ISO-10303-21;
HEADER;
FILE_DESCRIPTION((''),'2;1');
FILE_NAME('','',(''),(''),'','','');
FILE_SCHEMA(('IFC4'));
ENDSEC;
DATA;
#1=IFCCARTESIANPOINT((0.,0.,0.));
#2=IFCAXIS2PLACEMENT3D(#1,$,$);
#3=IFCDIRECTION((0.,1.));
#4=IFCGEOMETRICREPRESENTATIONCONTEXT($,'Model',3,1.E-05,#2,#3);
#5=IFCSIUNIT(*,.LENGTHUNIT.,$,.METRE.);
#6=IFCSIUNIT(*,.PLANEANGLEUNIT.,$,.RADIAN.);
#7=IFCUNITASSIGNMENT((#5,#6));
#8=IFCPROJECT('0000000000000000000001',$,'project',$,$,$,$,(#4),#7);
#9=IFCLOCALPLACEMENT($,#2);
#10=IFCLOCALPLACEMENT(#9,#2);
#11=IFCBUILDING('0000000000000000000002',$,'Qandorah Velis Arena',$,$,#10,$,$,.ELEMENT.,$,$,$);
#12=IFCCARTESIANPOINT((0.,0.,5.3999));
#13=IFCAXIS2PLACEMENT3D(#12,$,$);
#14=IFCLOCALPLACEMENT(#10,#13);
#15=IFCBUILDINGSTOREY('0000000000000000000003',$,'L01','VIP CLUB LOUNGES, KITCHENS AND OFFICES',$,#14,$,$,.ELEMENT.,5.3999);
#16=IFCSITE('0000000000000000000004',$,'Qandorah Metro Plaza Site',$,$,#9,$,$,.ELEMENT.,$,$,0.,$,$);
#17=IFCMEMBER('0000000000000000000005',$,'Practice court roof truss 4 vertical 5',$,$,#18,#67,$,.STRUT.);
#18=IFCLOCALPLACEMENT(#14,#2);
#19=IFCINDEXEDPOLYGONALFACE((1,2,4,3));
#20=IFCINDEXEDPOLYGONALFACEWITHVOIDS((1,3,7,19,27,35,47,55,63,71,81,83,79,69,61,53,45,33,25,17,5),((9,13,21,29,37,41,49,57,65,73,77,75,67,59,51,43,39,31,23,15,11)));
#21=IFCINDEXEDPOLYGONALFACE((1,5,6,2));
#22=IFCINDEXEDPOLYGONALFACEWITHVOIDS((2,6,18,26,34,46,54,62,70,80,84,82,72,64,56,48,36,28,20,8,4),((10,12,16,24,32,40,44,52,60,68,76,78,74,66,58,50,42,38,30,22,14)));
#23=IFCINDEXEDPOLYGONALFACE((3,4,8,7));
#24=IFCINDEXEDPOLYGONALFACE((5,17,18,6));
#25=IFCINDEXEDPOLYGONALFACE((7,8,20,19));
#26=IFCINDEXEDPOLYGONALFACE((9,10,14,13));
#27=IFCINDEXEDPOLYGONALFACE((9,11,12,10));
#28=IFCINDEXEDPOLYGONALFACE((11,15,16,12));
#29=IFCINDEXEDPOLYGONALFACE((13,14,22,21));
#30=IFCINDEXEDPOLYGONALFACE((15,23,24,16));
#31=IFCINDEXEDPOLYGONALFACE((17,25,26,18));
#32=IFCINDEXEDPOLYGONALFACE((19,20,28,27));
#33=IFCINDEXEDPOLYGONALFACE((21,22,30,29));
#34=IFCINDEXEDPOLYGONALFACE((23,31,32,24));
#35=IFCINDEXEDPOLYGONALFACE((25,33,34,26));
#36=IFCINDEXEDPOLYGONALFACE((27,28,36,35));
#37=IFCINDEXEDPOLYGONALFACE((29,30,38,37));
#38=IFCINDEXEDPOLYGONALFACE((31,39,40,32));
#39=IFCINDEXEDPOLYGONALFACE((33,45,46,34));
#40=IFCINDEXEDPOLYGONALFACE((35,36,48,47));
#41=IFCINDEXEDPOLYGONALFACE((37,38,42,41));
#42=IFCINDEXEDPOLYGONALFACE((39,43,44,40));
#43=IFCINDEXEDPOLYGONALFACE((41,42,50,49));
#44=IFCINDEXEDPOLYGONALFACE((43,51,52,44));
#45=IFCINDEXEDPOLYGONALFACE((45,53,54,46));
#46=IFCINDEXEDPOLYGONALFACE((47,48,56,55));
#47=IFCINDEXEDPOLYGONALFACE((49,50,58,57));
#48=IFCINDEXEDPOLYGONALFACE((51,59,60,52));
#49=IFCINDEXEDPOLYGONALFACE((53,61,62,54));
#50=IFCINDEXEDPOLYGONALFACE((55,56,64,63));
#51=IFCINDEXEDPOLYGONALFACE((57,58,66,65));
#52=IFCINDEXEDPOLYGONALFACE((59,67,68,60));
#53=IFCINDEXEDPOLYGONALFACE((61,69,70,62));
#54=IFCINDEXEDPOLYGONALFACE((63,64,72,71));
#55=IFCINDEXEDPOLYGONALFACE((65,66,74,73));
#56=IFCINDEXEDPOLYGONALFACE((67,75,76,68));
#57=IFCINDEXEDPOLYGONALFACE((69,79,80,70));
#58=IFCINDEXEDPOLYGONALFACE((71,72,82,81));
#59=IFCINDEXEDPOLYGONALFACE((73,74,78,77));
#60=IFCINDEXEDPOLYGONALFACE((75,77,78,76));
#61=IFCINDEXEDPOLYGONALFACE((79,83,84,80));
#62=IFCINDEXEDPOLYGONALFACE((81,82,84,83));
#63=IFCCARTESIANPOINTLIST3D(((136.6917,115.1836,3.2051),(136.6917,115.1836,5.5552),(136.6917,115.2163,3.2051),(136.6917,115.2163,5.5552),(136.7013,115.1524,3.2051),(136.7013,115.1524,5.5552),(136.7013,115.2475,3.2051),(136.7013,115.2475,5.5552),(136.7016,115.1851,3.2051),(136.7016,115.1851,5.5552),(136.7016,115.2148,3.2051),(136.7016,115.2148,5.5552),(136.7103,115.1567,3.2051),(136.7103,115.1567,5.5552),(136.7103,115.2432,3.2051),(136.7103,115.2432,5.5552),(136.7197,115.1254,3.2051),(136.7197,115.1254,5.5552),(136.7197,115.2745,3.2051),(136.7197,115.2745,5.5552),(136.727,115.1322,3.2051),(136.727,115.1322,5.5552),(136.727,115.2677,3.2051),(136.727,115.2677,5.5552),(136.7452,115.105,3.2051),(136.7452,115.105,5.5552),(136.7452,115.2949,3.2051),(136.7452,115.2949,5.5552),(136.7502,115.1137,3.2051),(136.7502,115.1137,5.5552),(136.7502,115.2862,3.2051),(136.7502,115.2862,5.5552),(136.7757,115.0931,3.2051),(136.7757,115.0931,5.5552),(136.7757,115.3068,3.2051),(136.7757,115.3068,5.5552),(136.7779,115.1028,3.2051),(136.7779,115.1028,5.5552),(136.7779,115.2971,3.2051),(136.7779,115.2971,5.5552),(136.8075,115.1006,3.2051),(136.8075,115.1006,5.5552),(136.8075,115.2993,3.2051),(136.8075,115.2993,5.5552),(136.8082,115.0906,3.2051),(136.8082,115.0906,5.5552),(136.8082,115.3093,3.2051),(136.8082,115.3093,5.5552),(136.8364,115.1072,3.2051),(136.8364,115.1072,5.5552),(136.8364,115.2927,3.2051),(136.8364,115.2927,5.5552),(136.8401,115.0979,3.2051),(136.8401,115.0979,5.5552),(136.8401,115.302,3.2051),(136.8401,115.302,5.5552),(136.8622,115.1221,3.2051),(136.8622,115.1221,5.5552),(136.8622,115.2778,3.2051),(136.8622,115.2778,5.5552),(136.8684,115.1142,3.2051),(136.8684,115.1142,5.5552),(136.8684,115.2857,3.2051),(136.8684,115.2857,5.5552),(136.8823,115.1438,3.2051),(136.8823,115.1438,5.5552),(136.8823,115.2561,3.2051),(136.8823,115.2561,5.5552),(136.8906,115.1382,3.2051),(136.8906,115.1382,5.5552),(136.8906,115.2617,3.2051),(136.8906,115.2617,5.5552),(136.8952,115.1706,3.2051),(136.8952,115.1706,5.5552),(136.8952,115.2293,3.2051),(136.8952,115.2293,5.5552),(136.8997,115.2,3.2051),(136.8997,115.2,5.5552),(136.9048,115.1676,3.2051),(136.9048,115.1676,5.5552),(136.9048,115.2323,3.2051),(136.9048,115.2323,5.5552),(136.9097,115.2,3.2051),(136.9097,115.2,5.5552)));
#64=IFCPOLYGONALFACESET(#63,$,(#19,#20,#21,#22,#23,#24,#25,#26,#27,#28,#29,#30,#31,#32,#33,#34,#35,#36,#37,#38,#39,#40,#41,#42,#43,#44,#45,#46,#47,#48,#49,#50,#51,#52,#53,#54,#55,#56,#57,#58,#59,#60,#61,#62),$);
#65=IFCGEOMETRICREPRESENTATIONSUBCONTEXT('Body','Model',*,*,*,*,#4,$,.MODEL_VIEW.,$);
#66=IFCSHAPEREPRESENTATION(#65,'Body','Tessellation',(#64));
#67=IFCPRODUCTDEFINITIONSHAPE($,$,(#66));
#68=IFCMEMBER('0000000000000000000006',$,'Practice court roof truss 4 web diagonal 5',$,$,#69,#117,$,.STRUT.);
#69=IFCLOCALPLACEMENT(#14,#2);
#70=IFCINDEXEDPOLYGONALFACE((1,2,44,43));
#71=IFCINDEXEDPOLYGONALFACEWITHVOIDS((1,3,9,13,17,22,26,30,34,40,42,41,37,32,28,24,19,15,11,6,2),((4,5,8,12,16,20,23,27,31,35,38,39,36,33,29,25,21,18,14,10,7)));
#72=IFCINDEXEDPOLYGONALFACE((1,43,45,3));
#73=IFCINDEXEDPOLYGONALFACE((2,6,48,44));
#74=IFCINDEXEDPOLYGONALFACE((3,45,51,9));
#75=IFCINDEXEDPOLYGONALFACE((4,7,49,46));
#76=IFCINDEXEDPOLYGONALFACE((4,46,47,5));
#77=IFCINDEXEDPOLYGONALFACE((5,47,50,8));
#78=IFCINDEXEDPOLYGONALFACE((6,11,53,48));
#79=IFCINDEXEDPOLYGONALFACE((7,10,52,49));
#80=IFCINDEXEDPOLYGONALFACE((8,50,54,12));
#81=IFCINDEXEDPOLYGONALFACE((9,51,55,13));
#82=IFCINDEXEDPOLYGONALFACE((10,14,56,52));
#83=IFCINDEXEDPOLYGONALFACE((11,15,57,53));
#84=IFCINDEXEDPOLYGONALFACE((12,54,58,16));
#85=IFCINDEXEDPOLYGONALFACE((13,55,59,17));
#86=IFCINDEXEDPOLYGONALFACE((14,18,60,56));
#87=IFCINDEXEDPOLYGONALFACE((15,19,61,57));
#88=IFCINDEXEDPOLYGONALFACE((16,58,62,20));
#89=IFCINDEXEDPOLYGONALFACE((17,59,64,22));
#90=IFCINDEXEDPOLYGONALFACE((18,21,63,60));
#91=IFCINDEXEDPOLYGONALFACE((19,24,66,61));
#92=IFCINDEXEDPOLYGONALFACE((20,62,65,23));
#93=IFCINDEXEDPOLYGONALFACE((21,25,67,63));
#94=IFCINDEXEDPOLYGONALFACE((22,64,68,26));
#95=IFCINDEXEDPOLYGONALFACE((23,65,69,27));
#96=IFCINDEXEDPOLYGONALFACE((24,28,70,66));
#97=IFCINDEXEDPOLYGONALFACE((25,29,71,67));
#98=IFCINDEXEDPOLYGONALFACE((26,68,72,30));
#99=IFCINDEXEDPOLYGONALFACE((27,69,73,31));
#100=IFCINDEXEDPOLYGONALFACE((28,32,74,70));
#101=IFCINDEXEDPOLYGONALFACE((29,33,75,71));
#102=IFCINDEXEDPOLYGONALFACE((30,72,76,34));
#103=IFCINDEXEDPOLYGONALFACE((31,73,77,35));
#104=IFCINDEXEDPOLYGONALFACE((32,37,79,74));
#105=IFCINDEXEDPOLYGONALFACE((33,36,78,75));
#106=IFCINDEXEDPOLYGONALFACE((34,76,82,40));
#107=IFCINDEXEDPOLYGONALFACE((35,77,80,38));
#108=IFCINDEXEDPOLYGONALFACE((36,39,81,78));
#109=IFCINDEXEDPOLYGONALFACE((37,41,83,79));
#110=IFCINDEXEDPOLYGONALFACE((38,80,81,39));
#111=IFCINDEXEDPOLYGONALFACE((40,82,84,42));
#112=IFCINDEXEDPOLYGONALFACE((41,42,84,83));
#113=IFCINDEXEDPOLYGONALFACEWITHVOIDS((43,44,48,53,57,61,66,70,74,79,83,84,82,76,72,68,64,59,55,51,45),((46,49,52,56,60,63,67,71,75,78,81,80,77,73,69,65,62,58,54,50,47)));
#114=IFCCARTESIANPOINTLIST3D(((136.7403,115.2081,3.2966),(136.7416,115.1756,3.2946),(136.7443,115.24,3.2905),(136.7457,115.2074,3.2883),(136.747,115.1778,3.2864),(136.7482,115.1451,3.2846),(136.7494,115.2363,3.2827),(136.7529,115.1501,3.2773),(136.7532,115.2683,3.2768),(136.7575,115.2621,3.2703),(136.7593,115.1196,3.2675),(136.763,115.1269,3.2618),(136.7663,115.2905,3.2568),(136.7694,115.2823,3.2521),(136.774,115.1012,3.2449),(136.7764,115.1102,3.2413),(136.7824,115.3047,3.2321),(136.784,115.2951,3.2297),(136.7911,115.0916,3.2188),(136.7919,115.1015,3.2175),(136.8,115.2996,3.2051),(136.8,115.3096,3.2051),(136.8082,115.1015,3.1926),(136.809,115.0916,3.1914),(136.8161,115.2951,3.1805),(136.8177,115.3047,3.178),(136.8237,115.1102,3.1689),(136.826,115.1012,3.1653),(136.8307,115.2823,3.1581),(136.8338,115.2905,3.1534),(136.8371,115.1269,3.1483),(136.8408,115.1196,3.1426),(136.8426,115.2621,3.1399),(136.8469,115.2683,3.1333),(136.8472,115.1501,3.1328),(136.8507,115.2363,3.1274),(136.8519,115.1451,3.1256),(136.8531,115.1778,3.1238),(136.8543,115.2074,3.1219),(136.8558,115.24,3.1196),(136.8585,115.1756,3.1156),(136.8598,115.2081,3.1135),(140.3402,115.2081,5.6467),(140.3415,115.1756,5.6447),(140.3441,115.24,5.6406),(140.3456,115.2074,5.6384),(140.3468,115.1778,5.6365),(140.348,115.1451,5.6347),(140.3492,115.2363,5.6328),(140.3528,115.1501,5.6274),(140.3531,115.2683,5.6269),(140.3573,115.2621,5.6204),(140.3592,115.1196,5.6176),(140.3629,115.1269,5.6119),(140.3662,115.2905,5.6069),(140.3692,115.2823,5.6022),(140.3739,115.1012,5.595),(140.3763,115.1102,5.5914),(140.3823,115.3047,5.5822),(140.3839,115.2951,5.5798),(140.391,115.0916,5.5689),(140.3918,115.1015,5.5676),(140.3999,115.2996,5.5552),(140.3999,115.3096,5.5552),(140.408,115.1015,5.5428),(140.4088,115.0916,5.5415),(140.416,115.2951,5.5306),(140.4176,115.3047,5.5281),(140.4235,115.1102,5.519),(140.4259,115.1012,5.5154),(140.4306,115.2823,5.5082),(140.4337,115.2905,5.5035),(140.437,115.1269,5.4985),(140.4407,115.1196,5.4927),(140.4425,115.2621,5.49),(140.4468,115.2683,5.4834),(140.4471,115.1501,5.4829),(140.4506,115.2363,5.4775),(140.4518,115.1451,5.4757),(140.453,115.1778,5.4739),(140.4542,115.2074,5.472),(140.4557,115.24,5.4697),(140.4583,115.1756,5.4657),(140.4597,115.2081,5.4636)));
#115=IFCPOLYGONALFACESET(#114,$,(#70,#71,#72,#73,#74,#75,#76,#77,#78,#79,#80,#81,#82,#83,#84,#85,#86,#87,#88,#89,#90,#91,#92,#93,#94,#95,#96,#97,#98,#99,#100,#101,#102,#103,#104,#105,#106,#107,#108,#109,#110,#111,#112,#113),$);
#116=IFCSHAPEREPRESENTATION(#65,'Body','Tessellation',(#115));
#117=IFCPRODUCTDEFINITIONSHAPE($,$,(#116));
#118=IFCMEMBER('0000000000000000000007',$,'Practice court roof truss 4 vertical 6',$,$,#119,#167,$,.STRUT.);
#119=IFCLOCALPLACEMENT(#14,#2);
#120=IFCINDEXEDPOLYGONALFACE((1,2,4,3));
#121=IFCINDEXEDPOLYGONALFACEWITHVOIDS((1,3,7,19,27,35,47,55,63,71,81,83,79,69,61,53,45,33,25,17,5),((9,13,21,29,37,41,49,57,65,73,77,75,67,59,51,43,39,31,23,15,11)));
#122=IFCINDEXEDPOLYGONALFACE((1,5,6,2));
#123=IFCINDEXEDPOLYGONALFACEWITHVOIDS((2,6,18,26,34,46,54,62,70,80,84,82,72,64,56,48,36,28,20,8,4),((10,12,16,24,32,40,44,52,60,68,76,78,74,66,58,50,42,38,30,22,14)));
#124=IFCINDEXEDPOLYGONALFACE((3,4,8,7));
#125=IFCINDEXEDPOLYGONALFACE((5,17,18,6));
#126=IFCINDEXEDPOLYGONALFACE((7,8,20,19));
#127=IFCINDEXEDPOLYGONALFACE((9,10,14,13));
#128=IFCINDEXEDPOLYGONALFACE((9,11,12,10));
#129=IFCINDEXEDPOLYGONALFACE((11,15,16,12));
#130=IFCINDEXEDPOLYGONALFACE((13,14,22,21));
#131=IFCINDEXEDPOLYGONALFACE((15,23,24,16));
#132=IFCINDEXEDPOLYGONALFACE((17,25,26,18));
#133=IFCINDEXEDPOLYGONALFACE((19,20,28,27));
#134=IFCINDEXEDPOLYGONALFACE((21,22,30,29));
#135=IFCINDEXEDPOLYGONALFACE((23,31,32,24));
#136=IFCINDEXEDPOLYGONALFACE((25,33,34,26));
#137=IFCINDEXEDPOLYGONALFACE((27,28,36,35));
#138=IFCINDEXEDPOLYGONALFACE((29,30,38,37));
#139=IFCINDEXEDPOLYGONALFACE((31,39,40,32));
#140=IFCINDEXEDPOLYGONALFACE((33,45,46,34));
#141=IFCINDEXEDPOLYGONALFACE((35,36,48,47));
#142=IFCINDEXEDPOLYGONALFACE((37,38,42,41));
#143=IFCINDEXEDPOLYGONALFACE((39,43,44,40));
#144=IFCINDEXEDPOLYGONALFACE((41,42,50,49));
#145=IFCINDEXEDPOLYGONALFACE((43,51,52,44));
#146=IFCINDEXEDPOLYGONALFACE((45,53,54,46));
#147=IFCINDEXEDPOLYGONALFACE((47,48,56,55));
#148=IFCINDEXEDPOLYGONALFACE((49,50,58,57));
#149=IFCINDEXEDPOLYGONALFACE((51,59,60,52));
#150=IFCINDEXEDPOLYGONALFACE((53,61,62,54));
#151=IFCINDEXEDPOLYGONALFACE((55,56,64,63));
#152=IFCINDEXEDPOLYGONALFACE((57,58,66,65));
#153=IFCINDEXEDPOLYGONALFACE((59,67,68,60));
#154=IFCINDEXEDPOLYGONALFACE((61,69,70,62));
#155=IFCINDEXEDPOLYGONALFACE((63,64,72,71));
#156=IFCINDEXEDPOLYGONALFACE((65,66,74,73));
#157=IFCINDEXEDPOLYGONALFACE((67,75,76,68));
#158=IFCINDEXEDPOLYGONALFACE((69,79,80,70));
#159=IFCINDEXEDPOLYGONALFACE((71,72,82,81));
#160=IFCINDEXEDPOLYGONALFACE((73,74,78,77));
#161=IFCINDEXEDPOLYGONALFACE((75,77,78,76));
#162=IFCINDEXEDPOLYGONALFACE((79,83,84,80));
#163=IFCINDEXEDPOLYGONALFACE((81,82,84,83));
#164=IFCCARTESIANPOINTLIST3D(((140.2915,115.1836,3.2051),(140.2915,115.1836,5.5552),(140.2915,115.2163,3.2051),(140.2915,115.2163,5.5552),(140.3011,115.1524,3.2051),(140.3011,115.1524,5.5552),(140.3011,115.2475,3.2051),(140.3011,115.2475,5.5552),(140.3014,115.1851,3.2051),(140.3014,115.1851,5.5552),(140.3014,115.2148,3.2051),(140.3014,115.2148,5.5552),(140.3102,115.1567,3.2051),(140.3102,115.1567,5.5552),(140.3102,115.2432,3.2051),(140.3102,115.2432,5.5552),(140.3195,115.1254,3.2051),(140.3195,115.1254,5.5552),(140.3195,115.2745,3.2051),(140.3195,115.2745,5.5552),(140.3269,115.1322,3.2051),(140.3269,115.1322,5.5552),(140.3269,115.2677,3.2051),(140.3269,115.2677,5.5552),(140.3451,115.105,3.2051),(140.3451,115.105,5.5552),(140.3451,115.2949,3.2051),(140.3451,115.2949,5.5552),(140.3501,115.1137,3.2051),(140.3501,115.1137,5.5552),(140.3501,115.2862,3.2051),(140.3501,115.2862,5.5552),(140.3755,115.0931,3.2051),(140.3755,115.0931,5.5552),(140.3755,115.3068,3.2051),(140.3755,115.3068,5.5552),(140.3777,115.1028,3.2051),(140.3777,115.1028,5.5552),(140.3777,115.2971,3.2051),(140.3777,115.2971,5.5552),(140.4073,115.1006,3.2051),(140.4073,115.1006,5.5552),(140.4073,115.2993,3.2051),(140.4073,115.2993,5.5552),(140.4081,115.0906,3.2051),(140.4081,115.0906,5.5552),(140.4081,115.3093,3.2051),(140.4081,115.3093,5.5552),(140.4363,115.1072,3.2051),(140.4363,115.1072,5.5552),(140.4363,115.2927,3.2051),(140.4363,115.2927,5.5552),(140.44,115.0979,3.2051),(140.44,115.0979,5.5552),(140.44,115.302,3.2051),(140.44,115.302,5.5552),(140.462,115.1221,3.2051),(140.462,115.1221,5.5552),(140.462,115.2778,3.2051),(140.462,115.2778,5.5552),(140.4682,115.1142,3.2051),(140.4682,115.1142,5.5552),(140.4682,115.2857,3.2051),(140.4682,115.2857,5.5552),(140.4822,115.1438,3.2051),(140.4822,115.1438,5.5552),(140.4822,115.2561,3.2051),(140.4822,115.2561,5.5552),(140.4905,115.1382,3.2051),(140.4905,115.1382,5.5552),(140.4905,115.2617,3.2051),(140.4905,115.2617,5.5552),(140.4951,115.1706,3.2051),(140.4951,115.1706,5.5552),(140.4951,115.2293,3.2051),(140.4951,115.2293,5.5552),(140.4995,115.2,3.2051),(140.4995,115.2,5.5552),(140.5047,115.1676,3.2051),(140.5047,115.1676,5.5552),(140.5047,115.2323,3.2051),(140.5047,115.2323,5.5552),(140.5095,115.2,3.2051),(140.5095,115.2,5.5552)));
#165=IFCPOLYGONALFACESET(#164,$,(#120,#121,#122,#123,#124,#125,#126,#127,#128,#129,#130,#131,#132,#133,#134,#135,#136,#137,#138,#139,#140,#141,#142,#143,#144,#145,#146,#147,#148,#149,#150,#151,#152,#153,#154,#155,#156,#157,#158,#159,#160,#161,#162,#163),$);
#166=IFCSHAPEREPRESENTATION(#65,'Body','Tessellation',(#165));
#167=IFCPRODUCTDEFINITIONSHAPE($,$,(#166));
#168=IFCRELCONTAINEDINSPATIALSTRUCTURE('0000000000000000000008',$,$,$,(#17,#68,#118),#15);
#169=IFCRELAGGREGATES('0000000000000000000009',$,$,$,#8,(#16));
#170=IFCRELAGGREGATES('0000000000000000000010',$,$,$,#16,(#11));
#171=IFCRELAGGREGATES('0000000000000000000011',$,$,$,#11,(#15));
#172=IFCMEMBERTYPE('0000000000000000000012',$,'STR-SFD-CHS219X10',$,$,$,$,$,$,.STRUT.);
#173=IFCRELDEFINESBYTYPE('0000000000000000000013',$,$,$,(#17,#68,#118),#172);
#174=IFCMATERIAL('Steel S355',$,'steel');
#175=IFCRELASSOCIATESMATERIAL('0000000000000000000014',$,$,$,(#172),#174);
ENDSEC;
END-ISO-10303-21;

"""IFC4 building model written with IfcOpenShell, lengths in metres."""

from ifc_helpers import new_model, si_unit, direction, frame, origin, origin_2d, place, context, subcontext, project, spatial, hollow_circle, extrude, material, material_profile, profile_set, type_object, element, save


model = new_model("IFC4")

# Units and contexts
model_context = context("Model", 3, precision=1e-05, world=origin(), true_north=direction((0.0, 1.0)))
body_context = subcontext(model_context, "Body", "Model", "MODEL_VIEW")
ifc_project = project(units=[si_unit("LENGTHUNIT", "METRE"), si_unit("PLANEANGLEUNIT", "RADIAN")], contexts=[model_context])

# Site, building, storey
site_placement = place(None, origin())
site = spatial("IfcSite", under=ifc_project, at=site_placement, Name="Qandorah Metro Plaza Site", CompositionType="ELEMENT", RefElevation=0.0)
building_placement = place(site_placement, origin())
building = spatial("IfcBuilding", under=site, at=building_placement, Name="Qandorah Velis Arena", CompositionType="ELEMENT")
storey_placement = place(building_placement, frame((0.0, 0.0, 5.3999)))
storey = spatial("IfcBuildingStorey", under=building, at=storey_placement, Name="L01", Description="VIP CLUB LOUNGES, KITCHENS AND OFFICES", CompositionType="ELEMENT", Elevation=5.3999)

# Members
ifc_material_1 = material(Name="Steel S355", Category="steel")
ifc_material_profile_1 = material_profile(ifc_material_1, hollow_circle(Radius=0.1096, WallThickness=0.01, at=origin_2d()), Name="CHS 219.1x10")
ifc_profile_set_1 = profile_set([ifc_material_profile_1], Name="Steel S355")
member_type_1 = type_object("IfcMemberType", Name="STR-SFD-CHS219X10", PredefinedType="STRUT", material=ifc_profile_set_1)
member_1_placement = place(storey_placement, frame((136.8, 115.2, 3.2051), z_axis=(0.0, 0.0, 1.0), x_axis=(1.0, 0.0, 0.0)))
element("IfcMember", 1, at=member_1_placement, inside=storey, type_object=member_type_1, Name="Practice court roof truss 4 vertical 5", PredefinedType="STRUT", context=body_context, shape_type="SweptSolid", body=[
    extrude(hollow_circle(Radius=0.1096, WallThickness=0.01, at=origin_2d()), origin(), (0.0, 0.0, 1.0), 2.3501),
])
member_2_placement = place(storey_placement, frame((136.8, 115.2, 3.2051), z_axis=(0.837359, 0.0, 0.546654), x_axis=(0.0, 1.0, 0.0)))
element("IfcMember", 2, at=member_2_placement, inside=storey, type_object=member_type_1, Name="Practice court roof truss 4 web diagonal 5", PredefinedType="STRUT", context=body_context, shape_type="SweptSolid", body=[
    extrude(hollow_circle(Radius=0.1096, WallThickness=0.01, at=origin_2d()), origin(), (0.0, 0.0, 1.0), 4.2991),
])
member_3_placement = place(storey_placement, frame((140.3999, 115.2, 3.2051), z_axis=(0.0, 0.0, 1.0), x_axis=(1.0, 0.0, 0.0)))
element("IfcMember", 3, at=member_3_placement, inside=storey, type_object=member_type_1, Name="Practice court roof truss 4 vertical 6", PredefinedType="STRUT", context=body_context, shape_type="SweptSolid", body=[
    extrude(hollow_circle(Radius=0.1096, WallThickness=0.01, at=origin_2d()), origin(), (0.0, 0.0, 1.0), 2.3501),
])

save(model, "model.ifc")
